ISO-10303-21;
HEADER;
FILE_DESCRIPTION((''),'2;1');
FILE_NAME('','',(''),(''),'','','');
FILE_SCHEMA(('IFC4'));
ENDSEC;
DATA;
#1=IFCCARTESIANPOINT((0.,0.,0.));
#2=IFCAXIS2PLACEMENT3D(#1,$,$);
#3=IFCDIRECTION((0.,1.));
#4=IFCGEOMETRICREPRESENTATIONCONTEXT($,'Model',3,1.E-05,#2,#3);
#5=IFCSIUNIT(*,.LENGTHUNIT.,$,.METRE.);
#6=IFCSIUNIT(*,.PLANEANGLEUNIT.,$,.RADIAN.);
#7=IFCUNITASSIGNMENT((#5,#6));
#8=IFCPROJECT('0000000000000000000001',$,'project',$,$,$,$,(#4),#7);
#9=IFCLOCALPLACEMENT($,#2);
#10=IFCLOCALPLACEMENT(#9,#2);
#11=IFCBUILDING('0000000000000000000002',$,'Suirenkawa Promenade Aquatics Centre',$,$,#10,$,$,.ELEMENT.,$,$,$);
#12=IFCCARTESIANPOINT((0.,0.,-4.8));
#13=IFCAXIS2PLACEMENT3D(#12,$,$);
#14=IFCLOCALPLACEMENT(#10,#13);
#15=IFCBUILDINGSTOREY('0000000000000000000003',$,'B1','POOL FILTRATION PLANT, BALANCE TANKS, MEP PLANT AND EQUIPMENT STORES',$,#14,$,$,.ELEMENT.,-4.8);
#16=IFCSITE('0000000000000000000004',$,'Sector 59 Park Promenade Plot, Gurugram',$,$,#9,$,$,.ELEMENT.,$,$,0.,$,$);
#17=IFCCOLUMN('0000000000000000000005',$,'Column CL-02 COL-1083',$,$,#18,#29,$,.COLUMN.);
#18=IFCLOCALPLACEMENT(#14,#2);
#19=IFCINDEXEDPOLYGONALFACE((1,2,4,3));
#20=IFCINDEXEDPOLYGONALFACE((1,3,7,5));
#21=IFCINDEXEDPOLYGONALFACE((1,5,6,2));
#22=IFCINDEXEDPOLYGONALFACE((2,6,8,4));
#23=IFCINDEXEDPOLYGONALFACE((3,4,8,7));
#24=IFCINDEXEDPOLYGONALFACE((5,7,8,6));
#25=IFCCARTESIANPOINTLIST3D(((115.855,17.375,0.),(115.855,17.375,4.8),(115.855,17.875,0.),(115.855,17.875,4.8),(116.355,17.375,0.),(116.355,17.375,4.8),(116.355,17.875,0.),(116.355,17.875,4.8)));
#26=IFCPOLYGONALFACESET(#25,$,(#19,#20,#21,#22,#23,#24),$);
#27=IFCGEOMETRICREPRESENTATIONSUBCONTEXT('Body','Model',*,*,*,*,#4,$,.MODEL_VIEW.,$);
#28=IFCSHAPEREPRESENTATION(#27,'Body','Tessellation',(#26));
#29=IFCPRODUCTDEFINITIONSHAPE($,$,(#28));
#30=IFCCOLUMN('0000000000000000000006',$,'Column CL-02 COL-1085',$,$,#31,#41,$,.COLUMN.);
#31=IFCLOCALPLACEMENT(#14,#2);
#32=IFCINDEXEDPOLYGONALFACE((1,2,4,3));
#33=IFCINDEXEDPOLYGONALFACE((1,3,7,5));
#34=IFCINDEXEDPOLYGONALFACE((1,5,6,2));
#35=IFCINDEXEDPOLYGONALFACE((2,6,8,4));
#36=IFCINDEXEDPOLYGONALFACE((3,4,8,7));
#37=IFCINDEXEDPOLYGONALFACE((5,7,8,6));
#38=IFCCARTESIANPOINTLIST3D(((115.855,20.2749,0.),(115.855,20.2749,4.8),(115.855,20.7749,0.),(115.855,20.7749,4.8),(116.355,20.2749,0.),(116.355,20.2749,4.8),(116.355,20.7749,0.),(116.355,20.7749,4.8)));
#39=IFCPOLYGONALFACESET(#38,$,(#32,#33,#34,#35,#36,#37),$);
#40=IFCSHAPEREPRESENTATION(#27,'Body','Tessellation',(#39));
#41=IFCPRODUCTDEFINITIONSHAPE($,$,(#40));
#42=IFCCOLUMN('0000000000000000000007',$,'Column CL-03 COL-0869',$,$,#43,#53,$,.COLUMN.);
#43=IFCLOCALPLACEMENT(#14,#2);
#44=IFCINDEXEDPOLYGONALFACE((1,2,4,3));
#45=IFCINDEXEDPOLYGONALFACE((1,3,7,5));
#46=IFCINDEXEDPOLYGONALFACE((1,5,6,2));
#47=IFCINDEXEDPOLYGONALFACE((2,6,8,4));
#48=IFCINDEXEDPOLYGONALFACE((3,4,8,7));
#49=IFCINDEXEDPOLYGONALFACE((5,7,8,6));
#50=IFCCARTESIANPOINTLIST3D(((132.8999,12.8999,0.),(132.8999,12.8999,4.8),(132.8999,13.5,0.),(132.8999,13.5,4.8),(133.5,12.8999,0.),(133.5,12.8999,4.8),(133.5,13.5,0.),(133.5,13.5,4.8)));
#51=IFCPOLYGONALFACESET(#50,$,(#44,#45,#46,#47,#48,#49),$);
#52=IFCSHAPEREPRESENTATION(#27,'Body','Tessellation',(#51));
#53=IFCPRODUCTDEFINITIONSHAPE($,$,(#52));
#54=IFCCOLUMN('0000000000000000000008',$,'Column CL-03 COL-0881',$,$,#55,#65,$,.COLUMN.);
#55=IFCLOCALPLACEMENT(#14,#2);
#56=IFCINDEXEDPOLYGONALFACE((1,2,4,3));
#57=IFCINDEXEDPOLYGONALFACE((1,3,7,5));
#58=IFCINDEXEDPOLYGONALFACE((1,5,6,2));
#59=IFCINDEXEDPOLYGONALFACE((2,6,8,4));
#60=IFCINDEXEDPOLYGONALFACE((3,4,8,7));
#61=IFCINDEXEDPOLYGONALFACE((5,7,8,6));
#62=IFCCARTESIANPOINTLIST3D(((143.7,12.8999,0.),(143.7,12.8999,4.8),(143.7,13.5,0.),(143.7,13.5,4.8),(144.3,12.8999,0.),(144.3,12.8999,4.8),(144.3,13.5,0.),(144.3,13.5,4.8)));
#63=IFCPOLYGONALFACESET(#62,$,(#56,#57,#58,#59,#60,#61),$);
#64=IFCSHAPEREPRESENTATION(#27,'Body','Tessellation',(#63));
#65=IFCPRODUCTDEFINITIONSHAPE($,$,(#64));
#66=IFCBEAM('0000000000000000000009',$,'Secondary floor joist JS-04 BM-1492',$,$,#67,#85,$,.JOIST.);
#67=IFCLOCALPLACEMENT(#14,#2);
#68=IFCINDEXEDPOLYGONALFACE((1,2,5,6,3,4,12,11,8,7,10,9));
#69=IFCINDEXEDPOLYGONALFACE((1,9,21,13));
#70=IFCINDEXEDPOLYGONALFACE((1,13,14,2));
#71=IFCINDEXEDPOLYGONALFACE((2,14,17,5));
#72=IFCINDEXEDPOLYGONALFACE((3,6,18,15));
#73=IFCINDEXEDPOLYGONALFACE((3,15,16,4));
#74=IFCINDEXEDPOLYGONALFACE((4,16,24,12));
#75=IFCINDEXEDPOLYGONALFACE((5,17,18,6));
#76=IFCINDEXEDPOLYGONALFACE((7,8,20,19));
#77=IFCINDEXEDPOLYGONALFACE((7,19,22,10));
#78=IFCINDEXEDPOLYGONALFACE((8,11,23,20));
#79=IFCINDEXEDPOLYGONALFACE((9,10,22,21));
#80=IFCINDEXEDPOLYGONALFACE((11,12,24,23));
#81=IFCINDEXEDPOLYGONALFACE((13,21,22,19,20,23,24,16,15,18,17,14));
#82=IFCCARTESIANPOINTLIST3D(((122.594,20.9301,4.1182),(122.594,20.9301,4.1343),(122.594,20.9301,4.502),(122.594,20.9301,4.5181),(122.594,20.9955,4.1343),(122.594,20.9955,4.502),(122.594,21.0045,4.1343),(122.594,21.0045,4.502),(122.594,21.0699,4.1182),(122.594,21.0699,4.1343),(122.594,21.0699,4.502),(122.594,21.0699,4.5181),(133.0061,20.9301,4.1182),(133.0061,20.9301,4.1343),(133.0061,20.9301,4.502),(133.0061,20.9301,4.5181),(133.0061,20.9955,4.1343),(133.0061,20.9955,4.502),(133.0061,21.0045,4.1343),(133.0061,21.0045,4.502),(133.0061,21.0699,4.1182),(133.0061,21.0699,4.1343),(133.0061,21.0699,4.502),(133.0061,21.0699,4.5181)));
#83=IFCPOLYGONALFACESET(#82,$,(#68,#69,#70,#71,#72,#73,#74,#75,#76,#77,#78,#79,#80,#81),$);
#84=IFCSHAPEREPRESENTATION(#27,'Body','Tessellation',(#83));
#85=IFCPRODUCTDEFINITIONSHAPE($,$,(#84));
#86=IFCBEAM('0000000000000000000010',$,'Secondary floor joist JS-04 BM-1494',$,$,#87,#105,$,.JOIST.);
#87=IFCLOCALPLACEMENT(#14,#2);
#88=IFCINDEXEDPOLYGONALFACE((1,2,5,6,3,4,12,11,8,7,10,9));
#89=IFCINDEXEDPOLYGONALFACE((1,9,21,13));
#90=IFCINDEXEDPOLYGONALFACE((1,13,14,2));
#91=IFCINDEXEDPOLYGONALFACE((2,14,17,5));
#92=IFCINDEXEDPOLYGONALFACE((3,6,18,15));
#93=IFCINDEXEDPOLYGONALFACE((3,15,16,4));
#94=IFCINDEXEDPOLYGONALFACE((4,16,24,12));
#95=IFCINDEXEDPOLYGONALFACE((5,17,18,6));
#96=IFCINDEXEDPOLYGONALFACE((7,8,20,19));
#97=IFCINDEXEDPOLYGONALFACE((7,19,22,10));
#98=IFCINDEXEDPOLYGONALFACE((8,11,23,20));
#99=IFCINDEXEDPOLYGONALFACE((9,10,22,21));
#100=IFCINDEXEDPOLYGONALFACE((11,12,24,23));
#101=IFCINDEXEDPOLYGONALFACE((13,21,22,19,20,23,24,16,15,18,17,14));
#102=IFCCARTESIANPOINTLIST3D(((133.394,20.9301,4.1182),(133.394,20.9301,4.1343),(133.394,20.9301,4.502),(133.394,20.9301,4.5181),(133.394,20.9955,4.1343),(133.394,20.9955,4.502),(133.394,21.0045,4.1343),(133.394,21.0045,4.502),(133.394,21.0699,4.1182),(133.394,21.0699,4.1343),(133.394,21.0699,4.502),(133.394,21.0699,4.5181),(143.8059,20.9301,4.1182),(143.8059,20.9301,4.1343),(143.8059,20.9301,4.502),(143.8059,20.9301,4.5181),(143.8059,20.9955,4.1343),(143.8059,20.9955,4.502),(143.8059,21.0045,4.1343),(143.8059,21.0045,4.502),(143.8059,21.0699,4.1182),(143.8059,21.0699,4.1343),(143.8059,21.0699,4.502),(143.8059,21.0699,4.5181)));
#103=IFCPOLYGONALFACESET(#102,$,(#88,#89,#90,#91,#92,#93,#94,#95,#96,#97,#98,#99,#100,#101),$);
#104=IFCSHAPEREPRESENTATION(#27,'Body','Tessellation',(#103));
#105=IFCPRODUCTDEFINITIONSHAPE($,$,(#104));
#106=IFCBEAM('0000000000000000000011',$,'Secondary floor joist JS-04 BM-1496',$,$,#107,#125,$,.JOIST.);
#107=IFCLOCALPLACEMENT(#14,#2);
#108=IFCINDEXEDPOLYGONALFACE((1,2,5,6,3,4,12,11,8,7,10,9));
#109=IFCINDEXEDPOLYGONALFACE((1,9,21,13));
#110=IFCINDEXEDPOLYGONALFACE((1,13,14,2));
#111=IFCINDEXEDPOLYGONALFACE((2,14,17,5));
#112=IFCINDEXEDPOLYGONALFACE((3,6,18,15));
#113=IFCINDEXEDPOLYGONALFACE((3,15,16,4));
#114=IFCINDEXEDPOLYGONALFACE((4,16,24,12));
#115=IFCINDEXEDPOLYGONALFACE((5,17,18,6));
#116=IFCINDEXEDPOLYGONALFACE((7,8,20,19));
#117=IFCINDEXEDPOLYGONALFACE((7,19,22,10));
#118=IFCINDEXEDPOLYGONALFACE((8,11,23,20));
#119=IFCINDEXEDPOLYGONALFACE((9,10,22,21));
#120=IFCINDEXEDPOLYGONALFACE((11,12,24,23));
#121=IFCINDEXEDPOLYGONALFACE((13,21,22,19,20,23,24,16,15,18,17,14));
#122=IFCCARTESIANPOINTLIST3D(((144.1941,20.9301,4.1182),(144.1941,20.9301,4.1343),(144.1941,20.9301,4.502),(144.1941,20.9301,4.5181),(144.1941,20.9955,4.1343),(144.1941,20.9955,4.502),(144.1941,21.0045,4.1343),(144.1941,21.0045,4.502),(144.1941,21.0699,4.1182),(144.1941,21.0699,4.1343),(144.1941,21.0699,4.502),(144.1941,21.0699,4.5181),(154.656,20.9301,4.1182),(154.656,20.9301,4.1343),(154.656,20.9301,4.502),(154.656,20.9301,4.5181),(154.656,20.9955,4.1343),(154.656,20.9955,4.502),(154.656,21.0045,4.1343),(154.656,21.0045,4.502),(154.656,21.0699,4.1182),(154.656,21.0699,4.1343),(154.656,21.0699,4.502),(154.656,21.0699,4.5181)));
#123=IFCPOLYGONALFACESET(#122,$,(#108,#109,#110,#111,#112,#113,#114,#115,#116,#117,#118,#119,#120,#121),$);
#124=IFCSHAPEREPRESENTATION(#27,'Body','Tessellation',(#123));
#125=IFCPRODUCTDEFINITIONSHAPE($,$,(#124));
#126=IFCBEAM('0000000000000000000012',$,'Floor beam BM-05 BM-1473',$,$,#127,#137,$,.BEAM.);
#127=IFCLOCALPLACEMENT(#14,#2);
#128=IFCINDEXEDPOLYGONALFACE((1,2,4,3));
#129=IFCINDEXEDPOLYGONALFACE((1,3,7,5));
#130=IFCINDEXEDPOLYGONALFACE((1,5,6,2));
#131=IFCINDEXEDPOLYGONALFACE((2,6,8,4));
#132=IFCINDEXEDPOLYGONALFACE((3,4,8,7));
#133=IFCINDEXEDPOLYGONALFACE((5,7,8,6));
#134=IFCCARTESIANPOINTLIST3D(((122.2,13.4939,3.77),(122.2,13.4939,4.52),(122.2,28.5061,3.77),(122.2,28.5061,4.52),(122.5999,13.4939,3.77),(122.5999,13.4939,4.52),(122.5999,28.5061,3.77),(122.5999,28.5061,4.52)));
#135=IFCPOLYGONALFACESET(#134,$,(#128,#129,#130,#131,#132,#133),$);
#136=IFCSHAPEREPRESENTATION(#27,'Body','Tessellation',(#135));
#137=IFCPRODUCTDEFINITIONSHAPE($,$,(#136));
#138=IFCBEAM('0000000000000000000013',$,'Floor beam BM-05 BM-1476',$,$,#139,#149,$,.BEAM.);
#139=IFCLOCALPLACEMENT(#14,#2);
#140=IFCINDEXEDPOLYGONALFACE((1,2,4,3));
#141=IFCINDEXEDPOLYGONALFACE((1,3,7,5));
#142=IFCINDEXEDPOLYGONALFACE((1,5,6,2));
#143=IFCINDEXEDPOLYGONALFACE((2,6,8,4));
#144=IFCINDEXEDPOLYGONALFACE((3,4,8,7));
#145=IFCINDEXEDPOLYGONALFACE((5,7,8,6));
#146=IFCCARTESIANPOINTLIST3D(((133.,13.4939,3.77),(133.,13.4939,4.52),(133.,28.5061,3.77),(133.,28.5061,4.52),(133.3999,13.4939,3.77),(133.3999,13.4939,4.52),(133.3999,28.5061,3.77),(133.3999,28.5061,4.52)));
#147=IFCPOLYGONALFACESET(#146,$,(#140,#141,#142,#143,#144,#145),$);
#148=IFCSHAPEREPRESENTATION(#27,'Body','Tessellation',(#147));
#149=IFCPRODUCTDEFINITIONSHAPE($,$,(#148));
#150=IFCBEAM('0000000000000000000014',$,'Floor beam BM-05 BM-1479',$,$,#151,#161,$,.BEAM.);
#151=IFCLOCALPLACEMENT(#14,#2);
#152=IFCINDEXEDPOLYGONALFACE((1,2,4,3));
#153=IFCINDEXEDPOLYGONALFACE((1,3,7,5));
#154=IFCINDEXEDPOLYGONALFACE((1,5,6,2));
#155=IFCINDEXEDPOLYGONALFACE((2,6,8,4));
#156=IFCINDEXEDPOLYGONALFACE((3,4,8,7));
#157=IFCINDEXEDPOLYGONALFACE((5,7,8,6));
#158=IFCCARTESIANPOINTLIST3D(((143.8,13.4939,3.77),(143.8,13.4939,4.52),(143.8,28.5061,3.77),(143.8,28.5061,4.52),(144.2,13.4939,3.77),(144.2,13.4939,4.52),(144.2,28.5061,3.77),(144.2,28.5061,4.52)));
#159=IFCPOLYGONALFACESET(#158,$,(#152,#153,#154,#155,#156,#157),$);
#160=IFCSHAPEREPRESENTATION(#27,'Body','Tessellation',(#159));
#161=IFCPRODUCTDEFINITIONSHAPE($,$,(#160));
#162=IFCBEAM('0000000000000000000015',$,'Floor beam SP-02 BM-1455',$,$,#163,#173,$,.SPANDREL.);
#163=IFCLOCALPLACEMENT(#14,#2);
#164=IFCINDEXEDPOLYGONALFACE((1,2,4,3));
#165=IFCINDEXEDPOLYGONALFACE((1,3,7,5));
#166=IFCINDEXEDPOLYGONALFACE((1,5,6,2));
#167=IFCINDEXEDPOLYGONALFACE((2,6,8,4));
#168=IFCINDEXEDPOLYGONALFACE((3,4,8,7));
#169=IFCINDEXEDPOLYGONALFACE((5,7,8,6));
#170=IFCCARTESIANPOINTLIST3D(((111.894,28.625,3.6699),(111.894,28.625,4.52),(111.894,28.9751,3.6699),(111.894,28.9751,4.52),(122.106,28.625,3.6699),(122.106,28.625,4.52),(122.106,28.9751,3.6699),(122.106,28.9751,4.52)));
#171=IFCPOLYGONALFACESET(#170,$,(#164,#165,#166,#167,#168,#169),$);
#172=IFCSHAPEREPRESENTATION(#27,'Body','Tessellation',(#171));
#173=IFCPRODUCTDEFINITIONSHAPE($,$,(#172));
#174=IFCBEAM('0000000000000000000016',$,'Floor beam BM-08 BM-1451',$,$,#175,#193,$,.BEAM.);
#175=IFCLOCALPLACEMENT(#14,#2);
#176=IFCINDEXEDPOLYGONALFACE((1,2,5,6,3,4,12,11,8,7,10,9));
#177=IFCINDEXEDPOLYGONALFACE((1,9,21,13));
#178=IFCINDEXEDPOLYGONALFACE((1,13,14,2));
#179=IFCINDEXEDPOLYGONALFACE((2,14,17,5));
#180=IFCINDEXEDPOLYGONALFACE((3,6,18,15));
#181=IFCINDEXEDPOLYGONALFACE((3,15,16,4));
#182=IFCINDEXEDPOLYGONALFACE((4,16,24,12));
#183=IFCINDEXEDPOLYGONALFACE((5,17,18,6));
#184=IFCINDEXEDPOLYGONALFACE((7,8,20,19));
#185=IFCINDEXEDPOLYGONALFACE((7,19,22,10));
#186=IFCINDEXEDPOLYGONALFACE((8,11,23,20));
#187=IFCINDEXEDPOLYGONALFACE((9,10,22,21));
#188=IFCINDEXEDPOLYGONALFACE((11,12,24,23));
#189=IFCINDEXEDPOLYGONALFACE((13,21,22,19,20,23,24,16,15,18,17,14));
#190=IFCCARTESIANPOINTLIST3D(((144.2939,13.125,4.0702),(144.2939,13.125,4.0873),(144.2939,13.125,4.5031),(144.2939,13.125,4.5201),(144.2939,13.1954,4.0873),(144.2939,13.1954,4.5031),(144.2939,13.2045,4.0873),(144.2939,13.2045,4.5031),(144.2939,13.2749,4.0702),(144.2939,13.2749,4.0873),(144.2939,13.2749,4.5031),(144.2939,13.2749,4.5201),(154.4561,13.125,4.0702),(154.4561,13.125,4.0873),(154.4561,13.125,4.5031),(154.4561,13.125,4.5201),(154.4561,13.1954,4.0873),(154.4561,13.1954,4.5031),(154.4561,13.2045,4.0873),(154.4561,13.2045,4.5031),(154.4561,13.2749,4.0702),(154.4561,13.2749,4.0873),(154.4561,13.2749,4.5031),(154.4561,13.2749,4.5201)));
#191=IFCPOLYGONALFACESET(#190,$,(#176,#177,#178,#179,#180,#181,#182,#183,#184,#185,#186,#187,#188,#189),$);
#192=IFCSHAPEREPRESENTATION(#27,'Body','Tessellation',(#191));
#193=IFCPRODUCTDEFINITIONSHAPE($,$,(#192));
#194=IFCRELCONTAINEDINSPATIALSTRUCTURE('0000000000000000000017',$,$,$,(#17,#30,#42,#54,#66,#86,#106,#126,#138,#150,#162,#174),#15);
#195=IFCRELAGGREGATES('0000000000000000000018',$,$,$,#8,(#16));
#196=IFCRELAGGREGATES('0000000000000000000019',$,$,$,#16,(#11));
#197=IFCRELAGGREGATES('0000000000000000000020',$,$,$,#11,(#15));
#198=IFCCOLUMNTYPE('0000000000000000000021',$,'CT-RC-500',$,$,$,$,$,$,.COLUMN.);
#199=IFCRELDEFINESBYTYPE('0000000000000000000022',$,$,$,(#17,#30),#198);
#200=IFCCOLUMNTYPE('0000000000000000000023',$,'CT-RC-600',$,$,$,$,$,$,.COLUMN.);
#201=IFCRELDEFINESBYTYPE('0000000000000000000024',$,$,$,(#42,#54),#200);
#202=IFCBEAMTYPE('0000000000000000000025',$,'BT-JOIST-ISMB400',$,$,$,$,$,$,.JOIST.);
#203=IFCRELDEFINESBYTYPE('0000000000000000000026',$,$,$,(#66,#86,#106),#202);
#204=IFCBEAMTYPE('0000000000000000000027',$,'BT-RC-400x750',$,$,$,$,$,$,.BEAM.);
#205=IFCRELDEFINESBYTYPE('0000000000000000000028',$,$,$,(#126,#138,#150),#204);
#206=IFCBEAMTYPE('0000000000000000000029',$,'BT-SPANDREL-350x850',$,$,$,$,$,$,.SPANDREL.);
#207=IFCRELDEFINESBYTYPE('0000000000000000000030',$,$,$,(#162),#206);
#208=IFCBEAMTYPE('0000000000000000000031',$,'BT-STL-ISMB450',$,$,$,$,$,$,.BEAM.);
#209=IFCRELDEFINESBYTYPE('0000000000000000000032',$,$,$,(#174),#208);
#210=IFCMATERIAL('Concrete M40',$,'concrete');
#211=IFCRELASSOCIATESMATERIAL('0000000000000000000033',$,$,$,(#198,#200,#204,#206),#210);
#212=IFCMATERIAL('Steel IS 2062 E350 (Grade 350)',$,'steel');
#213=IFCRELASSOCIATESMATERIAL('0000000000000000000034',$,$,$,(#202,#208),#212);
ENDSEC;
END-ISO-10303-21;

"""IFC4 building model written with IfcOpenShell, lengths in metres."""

from ifc_helpers import new_model, si_unit, direction, frame, origin, origin_2d, place, context, subcontext, project, spatial, rectangle, i_section, extrude, material, material_profile, profile_set, type_object, element, save


model = new_model("IFC4")

# Units and contexts
model_context = context("Model", 3, precision=1e-05, world=origin(), true_north=direction((0.0, 1.0)))
body_context = subcontext(model_context, "Body", "Model", "MODEL_VIEW")
ifc_project = project(units=[si_unit("LENGTHUNIT", "METRE"), si_unit("PLANEANGLEUNIT", "RADIAN")], contexts=[model_context])

# Site, building, storey
site_placement = place(None, origin())
site = spatial("IfcSite", under=ifc_project, at=site_placement, Name="Sector 59 Park Promenade Plot, Gurugram", CompositionType="ELEMENT", RefElevation=0.0)
building_placement = place(site_placement, origin())
building = spatial("IfcBuilding", under=site, at=building_placement, Name="Suirenkawa Promenade Aquatics Centre", CompositionType="ELEMENT")
storey_placement = place(building_placement, frame((0.0, 0.0, -4.8)))
storey = spatial("IfcBuildingStorey", under=building, at=storey_placement, Name="B1", Description="POOL FILTRATION PLANT, BALANCE TANKS, MEP PLANT AND EQUIPMENT STORES", CompositionType="ELEMENT", Elevation=-4.8)

# Columns
ifc_material_1 = material(Name="Concrete M40", Category="concrete")
ifc_material_profile_1 = material_profile(ifc_material_1, rectangle(XDim=0.5, YDim=0.5, at=origin_2d()), Name="RC COL 500x500", Category="concrete")
ifc_profile_set_1 = profile_set([ifc_material_profile_1], Name="Concrete M40")
column_type_1 = type_object("IfcColumnType", Name="CT-RC-500", PredefinedType="COLUMN", material=ifc_profile_set_1)
for number, where, z_axis, x_axis, name in (
    (1, (116.105, 17.625, 0.0), (0.0, 0.0, 1.0), (1.0, 0.0, 0.0), "Column CL-02 COL-1083"),
    (2, (116.105, 20.5249, 0.0), (0.0, 0.0, 1.0), (1.0, 0.0, 0.0), "Column CL-02 COL-1085"),
):
    element("IfcColumn", number, at=place(storey_placement, frame(where, z_axis=z_axis, x_axis=x_axis)), inside=storey, type_object=column_type_1, Name=name, PredefinedType="COLUMN", context=body_context, shape_type="SweptSolid", body=[
        extrude(rectangle(XDim=0.5, YDim=0.5, at=origin_2d()), origin(), (0.0, 0.0, 1.0), 4.8),
    ])
ifc_material_profile_2 = material_profile(ifc_material_1, rectangle(XDim=0.6001, YDim=0.6001, at=origin_2d()), Name="RC COL 600x600", Category="concrete")
ifc_profile_set_2 = profile_set([ifc_material_profile_2], Name="Concrete M40")
column_type_2 = type_object("IfcColumnType", Name="CT-RC-600", PredefinedType="COLUMN", material=ifc_profile_set_2)
for number, where, z_axis, x_axis, name in (
    (3, (133.2, 13.2, 0.0), (0.0, 0.0, 1.0), (1.0, 0.0, 0.0), "Column CL-03 COL-0869"),
    (4, (144.0, 13.2, 0.0), (0.0, 0.0, 1.0), (1.0, 0.0, 0.0), "Column CL-03 COL-0881"),
):
    element("IfcColumn", number, at=place(storey_placement, frame(where, z_axis=z_axis, x_axis=x_axis)), inside=storey, type_object=column_type_2, Name=name, PredefinedType="COLUMN", context=body_context, shape_type="SweptSolid", body=[
        extrude(rectangle(XDim=0.6001, YDim=0.6001, at=origin_2d()), origin(), (0.0, 0.0, 1.0), 4.8),
    ])

# Beams
ifc_material_2 = material(Name="Steel IS 2062 E350 (Grade 350)", Category="steel")
ifc_material_profile_3 = material_profile(ifc_material_2, i_section(OverallWidth=0.1399, OverallDepth=0.3999, WebThickness=0.009, FlangeThickness=0.0161, at=origin_2d()), Name="ISMB 400", Category="steel")
ifc_profile_set_3 = profile_set([ifc_material_profile_3], Name="Steel IS 2062 E350 (Grade 350)")
beam_type_1 = type_object("IfcBeamType", Name="BT-JOIST-ISMB400", PredefinedType="JOIST", material=ifc_profile_set_3)
beam_1_placement = place(storey_placement, frame((122.594, 21.0, 4.3181), z_axis=(1.0, 0.0, 0.0), x_axis=(0.0, 1.0, 0.0)))
element("IfcBeam", 5, at=beam_1_placement, inside=storey, type_object=beam_type_1, Name="Secondary floor joist JS-04 BM-1492", PredefinedType="JOIST", context=body_context, shape_type="SweptSolid", body=[
    extrude(i_section(OverallWidth=0.1399, OverallDepth=0.3999, WebThickness=0.009, FlangeThickness=0.0161, at=origin_2d()), origin(), (0.0, 0.0, 1.0), 10.4121),
])
beam_2_placement = place(storey_placement, frame((133.394, 21.0, 4.3181), z_axis=(1.0, 0.0, 0.0), x_axis=(0.0, 1.0, 0.0)))
element("IfcBeam", 6, at=beam_2_placement, inside=storey, type_object=beam_type_1, Name="Secondary floor joist JS-04 BM-1494", PredefinedType="JOIST", context=body_context, shape_type="SweptSolid", body=[
    extrude(i_section(OverallWidth=0.1399, OverallDepth=0.3999, WebThickness=0.009, FlangeThickness=0.0161, at=origin_2d()), origin(), (0.0, 0.0, 1.0), 10.4119),
])
beam_3_placement = place(storey_placement, frame((144.1941, 21.0, 4.3181), z_axis=(1.0, 0.0, 0.0), x_axis=(0.0, 1.0, 0.0)))
element("IfcBeam", 7, at=beam_3_placement, inside=storey, type_object=beam_type_1, Name="Secondary floor joist JS-04 BM-1496", PredefinedType="JOIST", context=body_context, shape_type="SweptSolid", body=[
    extrude(i_section(OverallWidth=0.1399, OverallDepth=0.3999, WebThickness=0.009, FlangeThickness=0.0161, at=origin_2d()), origin(), (0.0, 0.0, 1.0), 10.4619),
])
ifc_material_profile_4 = material_profile(ifc_material_1, rectangle(XDim=0.3999, YDim=0.75, at=origin_2d()), Name="RC BM 400x750", Category="concrete")
ifc_profile_set_4 = profile_set([ifc_material_profile_4], Name="Concrete M40")
beam_type_2 = type_object("IfcBeamType", Name="BT-RC-400x750", PredefinedType="BEAM", material=ifc_profile_set_4)
for number, where, z_axis, x_axis, name in (
    (8, (122.3999, 13.4939, 4.145), (0.0, 1.0, 0.0), (-1.0, 0.0, 0.0), "Floor beam BM-05 BM-1473"),
    (9, (133.2, 13.4939, 4.145), (0.0, 1.0, 0.0), (-1.0, 0.0, 0.0), "Floor beam BM-05 BM-1476"),
    (10, (144.0, 13.4939, 4.145), (0.0, 1.0, 0.0), (-1.0, 0.0, 0.0), "Floor beam BM-05 BM-1479"),
):
    element("IfcBeam", number, at=place(storey_placement, frame(where, z_axis=z_axis, x_axis=x_axis)), inside=storey, type_object=beam_type_2, Name=name, PredefinedType="BEAM", context=body_context, shape_type="SweptSolid", body=[
        extrude(rectangle(XDim=0.3999, YDim=0.75, at=origin_2d()), origin(), (0.0, 0.0, 1.0), 15.0122),
    ])
ifc_material_profile_5 = material_profile(ifc_material_1, rectangle(XDim=0.3501, YDim=0.8501, at=origin_2d()), Name="RC SPANDREL 350x850", Category="concrete")
ifc_profile_set_5 = profile_set([ifc_material_profile_5], Name="Concrete M40")
beam_type_3 = type_object("IfcBeamType", Name="BT-SPANDREL-350x850", PredefinedType="SPANDREL", material=ifc_profile_set_5)
beam_4_placement = place(storey_placement, frame((111.894, 28.8, 4.095), z_axis=(1.0, 0.0, 0.0), x_axis=(0.0, 1.0, 0.0)))
element("IfcBeam", 11, at=beam_4_placement, inside=storey, type_object=beam_type_3, Name="Floor beam SP-02 BM-1455", PredefinedType="SPANDREL", context=body_context, shape_type="SweptSolid", body=[
    extrude(rectangle(XDim=0.3501, YDim=0.8501, at=origin_2d()), origin(), (0.0, 0.0, 1.0), 10.2119),
])
ifc_material_profile_6 = material_profile(ifc_material_2, i_section(OverallWidth=0.1499, OverallDepth=0.45, WebThickness=0.009, FlangeThickness=0.0171, at=origin_2d()), Name="ISMB 450", Category="steel")
ifc_profile_set_6 = profile_set([ifc_material_profile_6], Name="Steel IS 2062 E350 (Grade 350)")
beam_type_4 = type_object("IfcBeamType", Name="BT-STL-ISMB450", PredefinedType="BEAM", material=ifc_profile_set_6)
beam_5_placement = place(storey_placement, frame((144.2939, 13.2, 4.2952), z_axis=(1.0, 0.0, 0.0), x_axis=(0.0, 1.0, 0.0)))
element("IfcBeam", 12, at=beam_5_placement, inside=storey, type_object=beam_type_4, Name="Floor beam BM-08 BM-1451", PredefinedType="BEAM", context=body_context, shape_type="SweptSolid", body=[
    extrude(i_section(OverallWidth=0.1499, OverallDepth=0.45, WebThickness=0.009, FlangeThickness=0.0171, at=origin_2d()), origin(), (0.0, 0.0, 1.0), 10.1621),
])

save(model, "model.ifc")
